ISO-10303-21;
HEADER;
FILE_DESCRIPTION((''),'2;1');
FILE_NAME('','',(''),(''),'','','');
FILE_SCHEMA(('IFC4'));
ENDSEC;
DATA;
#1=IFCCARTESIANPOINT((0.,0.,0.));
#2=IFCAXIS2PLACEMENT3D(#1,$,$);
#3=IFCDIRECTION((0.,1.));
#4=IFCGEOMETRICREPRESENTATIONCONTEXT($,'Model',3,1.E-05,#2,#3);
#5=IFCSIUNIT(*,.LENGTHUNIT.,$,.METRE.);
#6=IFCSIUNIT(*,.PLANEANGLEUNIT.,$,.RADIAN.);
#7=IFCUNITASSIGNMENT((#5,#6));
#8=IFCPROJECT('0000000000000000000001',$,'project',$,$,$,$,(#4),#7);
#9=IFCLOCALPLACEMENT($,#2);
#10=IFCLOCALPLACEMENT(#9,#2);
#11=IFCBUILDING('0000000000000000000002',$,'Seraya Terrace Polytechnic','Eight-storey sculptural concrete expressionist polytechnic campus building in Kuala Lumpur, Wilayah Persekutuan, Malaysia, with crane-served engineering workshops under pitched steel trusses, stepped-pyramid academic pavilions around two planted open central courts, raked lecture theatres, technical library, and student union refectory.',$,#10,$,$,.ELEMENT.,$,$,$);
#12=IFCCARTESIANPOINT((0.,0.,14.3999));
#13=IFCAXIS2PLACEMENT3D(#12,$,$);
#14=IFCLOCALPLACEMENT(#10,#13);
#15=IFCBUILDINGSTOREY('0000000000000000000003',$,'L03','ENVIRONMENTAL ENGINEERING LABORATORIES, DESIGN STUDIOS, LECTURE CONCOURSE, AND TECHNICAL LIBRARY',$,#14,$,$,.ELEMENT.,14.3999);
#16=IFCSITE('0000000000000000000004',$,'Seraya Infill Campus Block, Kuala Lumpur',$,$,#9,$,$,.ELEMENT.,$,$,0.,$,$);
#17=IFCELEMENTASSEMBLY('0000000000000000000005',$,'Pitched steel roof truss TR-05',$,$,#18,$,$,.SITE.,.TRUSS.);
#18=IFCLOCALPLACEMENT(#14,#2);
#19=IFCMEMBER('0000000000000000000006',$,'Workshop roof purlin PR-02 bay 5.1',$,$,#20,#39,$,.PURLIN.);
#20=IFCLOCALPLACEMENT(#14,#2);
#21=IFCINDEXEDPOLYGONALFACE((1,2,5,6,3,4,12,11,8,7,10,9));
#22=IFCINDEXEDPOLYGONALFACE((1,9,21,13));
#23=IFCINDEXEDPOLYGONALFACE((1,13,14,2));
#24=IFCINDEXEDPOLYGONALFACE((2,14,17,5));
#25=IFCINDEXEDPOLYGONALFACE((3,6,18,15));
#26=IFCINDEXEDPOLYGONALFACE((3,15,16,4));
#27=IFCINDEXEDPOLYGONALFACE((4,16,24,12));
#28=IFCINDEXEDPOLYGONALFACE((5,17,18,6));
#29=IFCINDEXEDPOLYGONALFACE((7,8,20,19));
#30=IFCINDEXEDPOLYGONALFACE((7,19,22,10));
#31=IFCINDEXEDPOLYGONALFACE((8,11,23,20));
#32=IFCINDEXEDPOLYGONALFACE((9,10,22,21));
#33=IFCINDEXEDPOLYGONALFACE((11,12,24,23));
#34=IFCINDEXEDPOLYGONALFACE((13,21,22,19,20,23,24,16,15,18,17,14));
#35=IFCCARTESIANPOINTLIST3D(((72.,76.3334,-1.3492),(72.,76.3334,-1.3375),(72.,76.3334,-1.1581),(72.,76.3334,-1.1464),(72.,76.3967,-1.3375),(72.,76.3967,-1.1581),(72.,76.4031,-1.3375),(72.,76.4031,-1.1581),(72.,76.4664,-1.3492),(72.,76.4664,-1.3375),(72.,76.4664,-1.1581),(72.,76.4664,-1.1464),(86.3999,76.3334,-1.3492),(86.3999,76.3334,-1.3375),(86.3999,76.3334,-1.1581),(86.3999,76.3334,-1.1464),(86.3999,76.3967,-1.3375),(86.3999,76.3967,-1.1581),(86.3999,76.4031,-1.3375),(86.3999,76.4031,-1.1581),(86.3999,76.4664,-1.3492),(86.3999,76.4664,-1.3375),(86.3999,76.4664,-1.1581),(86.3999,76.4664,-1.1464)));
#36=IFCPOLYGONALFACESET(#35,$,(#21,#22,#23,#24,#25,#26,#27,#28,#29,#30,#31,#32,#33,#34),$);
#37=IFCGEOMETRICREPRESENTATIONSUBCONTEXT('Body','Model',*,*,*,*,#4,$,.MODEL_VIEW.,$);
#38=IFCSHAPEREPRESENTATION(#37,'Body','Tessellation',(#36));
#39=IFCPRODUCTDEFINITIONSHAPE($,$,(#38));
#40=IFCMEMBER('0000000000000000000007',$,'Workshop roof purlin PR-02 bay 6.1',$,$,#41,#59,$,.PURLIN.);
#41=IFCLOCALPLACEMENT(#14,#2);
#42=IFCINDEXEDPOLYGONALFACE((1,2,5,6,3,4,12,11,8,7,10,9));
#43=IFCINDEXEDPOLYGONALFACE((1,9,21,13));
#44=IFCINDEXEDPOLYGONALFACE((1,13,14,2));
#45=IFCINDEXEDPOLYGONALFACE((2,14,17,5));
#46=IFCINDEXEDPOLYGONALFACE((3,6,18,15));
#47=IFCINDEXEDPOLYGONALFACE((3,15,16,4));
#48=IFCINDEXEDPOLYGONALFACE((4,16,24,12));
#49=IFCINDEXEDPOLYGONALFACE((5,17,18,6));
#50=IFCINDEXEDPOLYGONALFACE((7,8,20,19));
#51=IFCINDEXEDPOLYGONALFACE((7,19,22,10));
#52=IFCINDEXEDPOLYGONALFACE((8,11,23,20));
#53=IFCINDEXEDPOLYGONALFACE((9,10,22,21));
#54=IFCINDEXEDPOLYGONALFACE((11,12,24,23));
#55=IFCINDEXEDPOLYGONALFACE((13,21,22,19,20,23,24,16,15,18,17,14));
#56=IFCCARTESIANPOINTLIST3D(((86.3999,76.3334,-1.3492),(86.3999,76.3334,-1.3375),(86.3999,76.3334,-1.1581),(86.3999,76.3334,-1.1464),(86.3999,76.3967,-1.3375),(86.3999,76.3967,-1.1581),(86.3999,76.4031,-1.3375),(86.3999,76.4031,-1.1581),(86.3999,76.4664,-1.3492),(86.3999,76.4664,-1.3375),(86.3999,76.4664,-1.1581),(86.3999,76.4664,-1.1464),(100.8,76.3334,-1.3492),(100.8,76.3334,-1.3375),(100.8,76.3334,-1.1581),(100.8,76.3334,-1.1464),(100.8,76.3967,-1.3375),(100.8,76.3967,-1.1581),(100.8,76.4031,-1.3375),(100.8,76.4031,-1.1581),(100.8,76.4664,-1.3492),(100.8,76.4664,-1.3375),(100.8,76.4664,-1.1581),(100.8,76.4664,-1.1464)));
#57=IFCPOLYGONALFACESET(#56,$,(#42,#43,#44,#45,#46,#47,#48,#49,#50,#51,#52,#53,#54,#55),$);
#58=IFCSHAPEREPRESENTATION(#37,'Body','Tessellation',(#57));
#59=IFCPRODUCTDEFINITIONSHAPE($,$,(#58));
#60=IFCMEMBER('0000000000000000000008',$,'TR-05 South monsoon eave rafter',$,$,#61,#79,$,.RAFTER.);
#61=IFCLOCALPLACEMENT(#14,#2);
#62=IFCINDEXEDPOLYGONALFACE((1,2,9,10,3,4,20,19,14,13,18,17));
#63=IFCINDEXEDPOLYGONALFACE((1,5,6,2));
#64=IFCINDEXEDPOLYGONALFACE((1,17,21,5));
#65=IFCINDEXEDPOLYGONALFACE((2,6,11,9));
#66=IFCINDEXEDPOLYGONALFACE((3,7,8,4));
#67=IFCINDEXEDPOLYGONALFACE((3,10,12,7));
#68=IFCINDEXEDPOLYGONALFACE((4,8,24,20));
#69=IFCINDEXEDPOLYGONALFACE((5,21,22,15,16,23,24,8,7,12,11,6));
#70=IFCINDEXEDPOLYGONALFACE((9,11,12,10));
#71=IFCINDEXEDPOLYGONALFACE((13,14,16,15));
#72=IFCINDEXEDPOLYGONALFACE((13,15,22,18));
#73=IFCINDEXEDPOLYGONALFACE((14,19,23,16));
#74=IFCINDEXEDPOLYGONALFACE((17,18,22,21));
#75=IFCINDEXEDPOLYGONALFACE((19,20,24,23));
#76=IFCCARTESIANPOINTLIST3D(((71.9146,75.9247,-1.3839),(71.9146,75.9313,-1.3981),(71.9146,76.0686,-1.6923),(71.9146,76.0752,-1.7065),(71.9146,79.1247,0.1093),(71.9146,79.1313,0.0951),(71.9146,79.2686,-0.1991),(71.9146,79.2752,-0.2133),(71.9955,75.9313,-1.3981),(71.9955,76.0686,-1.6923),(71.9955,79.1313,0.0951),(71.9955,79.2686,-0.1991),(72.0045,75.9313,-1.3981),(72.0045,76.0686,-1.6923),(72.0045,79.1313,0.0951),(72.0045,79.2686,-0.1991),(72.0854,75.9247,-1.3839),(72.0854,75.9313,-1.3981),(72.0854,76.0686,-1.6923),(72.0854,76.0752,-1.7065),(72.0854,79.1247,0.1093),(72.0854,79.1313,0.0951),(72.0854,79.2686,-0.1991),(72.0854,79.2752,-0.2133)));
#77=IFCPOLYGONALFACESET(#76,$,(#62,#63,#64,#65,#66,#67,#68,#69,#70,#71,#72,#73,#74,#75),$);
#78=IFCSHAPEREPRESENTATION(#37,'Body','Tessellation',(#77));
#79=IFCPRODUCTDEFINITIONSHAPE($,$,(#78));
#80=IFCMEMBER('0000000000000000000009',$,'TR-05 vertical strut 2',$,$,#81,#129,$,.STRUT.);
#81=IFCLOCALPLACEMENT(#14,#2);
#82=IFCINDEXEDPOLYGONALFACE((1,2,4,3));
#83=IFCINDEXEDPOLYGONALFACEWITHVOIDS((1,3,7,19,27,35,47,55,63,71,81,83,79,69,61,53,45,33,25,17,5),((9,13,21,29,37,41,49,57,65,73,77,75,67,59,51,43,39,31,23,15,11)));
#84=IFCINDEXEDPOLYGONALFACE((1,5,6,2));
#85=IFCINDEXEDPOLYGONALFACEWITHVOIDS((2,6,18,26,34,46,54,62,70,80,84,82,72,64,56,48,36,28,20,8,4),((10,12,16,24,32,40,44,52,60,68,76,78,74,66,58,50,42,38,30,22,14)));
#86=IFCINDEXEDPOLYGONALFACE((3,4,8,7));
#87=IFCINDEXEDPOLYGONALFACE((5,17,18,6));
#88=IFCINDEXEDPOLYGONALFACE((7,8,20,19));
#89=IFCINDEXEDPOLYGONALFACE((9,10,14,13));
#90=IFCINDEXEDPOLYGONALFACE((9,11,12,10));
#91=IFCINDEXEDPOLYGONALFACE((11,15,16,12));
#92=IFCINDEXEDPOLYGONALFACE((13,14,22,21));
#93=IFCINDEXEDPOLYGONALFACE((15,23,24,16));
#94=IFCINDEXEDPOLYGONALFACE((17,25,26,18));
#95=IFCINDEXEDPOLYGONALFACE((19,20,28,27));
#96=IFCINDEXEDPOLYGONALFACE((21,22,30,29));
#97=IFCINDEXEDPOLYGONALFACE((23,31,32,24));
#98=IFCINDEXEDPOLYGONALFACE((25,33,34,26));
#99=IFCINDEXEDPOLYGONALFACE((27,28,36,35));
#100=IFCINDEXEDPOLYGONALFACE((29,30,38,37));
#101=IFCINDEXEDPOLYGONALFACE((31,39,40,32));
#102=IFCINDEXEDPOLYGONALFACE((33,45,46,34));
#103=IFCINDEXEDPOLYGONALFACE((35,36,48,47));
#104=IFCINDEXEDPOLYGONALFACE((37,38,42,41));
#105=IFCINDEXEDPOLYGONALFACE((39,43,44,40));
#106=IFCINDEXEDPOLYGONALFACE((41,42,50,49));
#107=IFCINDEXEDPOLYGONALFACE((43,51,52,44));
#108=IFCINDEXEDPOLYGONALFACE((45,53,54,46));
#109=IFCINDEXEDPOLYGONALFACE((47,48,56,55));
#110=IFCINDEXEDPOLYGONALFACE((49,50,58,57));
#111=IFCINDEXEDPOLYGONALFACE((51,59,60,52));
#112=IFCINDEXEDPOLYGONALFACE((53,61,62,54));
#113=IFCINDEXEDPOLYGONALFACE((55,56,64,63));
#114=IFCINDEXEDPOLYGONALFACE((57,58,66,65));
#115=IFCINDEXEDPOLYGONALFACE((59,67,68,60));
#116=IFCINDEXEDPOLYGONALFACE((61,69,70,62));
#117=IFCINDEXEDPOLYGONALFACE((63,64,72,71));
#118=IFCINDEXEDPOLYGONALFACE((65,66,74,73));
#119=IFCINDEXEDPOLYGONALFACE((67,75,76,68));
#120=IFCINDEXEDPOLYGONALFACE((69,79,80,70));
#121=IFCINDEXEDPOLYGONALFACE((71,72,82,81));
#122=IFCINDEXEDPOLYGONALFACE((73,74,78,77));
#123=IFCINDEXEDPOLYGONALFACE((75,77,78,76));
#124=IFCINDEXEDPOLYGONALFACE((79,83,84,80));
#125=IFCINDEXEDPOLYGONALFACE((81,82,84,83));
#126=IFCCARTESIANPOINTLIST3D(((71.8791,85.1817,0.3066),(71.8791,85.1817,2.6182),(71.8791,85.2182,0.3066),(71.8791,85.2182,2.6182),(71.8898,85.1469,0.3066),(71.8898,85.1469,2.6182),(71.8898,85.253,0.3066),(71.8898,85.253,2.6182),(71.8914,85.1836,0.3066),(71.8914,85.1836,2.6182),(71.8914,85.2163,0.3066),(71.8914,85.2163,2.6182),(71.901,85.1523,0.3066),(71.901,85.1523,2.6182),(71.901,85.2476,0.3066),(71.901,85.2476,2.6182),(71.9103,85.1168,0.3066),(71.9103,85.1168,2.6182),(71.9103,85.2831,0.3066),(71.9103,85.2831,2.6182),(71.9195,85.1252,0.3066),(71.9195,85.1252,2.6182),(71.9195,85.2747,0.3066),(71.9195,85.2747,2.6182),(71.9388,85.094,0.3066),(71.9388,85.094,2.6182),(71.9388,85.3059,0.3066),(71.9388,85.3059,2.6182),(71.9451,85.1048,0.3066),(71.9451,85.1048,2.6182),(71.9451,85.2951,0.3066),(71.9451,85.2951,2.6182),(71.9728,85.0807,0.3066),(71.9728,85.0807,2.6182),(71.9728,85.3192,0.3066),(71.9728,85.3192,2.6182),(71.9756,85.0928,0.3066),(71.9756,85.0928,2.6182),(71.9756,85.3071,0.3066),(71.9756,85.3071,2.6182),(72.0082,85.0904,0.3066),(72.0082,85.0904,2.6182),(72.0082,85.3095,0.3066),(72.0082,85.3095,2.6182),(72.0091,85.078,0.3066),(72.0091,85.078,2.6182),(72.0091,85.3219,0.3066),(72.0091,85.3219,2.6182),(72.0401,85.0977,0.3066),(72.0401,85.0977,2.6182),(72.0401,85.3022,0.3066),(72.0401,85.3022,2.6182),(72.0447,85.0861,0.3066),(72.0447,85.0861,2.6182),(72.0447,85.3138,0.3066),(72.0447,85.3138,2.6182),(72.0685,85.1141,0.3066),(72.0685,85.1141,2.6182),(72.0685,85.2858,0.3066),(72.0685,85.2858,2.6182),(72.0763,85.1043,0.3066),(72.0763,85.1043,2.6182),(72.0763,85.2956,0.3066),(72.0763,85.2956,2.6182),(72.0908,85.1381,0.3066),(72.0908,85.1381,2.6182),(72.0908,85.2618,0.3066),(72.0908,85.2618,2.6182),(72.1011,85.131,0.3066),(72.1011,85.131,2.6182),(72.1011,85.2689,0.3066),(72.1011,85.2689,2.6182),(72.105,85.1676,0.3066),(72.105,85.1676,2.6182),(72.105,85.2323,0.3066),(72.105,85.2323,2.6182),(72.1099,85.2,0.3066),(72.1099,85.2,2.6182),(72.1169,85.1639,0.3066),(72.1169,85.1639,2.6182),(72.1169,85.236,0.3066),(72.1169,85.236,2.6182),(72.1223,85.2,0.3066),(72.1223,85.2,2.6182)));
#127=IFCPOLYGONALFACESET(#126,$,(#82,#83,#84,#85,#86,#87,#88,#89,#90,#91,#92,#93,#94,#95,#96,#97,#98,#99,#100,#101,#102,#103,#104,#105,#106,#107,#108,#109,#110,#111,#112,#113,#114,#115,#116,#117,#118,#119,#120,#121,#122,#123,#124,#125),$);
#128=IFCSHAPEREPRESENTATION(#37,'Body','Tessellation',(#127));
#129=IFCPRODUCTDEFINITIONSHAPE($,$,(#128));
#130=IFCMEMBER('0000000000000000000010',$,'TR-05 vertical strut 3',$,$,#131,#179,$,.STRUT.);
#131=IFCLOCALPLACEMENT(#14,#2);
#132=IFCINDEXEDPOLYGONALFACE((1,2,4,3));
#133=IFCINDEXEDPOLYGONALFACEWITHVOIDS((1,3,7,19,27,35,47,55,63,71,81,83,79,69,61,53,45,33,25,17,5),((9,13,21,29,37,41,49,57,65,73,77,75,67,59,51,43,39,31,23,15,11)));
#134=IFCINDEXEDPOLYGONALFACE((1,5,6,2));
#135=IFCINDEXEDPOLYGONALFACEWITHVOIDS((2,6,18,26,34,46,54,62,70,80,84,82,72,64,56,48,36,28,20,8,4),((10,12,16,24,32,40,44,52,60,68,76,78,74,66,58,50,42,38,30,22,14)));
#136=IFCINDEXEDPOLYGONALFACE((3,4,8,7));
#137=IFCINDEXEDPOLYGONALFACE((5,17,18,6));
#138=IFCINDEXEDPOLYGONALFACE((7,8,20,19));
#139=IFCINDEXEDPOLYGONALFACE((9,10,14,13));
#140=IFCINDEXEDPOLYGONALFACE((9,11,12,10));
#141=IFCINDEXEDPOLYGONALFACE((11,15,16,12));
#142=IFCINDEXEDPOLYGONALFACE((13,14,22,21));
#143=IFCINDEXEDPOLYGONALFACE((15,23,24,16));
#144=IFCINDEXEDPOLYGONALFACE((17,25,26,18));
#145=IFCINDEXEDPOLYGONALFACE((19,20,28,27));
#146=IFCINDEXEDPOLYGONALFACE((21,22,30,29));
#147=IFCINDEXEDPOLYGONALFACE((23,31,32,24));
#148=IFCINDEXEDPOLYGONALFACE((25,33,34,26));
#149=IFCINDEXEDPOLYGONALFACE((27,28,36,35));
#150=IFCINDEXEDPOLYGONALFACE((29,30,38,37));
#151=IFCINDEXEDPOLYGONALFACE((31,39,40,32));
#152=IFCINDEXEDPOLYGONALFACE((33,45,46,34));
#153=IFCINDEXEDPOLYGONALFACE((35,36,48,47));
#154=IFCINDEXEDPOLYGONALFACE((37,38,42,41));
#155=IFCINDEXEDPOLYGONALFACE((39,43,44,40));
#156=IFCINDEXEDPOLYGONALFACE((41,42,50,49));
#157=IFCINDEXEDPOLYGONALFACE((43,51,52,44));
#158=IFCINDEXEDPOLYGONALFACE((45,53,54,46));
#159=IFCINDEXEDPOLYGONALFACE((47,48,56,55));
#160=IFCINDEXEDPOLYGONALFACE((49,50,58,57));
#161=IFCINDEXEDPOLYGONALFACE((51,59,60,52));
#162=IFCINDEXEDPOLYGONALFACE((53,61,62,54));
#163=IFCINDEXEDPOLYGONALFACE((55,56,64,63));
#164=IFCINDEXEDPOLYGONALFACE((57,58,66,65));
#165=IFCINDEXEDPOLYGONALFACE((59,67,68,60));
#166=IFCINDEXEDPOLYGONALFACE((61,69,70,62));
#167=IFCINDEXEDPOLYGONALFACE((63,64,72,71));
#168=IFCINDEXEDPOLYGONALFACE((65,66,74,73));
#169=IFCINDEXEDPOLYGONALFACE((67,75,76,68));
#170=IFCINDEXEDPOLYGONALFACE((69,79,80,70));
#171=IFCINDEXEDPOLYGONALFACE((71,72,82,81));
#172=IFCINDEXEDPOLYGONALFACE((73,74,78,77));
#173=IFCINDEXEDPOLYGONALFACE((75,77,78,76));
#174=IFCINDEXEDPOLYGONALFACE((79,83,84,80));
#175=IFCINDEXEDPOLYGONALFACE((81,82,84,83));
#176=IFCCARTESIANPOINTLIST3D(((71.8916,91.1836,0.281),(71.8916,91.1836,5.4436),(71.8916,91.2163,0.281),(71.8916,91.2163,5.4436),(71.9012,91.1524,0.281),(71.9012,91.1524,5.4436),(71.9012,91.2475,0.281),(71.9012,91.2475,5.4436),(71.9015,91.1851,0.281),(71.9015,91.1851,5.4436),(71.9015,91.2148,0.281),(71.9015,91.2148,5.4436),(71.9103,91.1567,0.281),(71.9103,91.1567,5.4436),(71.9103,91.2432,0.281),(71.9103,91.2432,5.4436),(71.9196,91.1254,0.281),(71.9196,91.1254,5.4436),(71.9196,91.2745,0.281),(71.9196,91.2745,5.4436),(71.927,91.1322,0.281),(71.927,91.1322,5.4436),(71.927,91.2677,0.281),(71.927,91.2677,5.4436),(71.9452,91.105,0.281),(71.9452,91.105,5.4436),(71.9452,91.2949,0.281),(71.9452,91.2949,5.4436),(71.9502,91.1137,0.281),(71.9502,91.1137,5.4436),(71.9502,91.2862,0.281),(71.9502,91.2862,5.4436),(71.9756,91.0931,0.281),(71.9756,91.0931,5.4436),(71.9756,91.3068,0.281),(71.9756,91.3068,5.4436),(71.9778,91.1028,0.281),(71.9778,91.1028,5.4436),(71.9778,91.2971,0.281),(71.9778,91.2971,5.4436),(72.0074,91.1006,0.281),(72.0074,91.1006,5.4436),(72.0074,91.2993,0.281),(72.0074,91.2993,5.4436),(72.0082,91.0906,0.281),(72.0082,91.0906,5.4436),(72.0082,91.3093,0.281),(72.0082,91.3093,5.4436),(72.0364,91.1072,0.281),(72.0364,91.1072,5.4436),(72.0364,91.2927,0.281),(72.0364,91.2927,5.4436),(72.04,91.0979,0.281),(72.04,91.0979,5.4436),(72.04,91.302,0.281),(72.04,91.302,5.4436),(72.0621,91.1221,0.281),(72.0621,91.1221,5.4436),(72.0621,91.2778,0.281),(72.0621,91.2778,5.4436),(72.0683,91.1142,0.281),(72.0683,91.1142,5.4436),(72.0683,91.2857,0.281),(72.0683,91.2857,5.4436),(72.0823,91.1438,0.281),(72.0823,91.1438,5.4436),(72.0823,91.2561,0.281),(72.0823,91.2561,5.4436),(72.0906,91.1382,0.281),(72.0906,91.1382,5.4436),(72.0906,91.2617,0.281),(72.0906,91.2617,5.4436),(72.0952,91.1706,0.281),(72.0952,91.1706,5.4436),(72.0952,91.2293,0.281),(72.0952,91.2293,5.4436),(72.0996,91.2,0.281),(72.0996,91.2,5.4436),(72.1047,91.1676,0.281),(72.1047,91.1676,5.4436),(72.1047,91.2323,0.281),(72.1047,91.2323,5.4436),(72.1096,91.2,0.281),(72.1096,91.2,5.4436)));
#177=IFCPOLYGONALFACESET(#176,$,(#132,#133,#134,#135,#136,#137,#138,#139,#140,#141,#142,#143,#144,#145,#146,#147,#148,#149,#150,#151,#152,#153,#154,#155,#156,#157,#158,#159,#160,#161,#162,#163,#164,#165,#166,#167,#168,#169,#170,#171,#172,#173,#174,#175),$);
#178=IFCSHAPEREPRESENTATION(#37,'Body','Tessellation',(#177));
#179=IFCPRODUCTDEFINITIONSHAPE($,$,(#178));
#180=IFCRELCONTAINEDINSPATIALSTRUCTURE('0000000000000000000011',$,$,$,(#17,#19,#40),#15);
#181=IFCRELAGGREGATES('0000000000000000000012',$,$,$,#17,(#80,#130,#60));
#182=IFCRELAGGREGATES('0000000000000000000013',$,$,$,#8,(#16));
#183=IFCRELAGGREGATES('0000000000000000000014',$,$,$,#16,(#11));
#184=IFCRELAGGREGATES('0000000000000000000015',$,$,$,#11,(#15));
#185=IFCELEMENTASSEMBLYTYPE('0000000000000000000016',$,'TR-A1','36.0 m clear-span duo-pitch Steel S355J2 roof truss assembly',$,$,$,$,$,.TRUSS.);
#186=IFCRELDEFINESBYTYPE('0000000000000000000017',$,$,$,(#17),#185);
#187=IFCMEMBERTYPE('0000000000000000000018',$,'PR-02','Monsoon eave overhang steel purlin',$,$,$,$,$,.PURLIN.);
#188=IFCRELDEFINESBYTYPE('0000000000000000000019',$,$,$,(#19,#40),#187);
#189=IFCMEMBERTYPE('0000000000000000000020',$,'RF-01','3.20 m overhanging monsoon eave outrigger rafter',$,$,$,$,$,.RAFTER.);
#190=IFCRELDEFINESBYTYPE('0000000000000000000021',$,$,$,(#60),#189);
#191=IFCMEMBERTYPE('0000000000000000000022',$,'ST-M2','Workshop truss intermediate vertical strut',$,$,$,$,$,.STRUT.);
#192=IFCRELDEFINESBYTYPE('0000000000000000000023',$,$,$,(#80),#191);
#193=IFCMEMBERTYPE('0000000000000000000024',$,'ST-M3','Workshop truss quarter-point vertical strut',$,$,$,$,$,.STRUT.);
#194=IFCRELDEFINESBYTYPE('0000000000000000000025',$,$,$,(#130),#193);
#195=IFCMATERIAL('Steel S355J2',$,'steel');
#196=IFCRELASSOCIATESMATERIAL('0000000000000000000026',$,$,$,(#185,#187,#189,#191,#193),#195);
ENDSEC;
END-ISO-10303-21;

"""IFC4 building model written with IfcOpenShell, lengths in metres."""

from ifc_helpers import new_model, si_unit, direction, frame, origin, origin_2d, place, context, subcontext, project, spatial, hollow_circle, i_section, extrude, material, material_profile, profile_set, type_object, element, aggregate, save


model = new_model("IFC4")

# Units and contexts
model_context = context("Model", 3, precision=1e-05, world=origin(), true_north=direction((0.0, 1.0)))
body_context = subcontext(model_context, "Body", "Model", "MODEL_VIEW")
ifc_project = project(units=[si_unit("LENGTHUNIT", "METRE"), si_unit("PLANEANGLEUNIT", "RADIAN")], contexts=[model_context])

# Site, building, storey
site_placement = place(None, origin())
site = spatial("IfcSite", under=ifc_project, at=site_placement, Name="Seraya Infill Campus Block, Kuala Lumpur", CompositionType="ELEMENT", RefElevation=0.0)
building_placement = place(site_placement, origin())
building = spatial("IfcBuilding", under=site, at=building_placement, Name="Seraya Terrace Polytechnic", Description="Eight-storey sculptural concrete expressionist polytechnic campus building in Kuala Lumpur, Wilayah Persekutuan, Malaysia, with crane-served engineering workshops under pitched steel trusses, stepped-pyramid academic pavilions around two planted open central courts, raked lecture theatres, technical library, and student union refectory.", CompositionType="ELEMENT")
storey_placement = place(building_placement, frame((0.0, 0.0, 14.3999)))
storey = spatial("IfcBuildingStorey", under=building, at=storey_placement, Name="L03", Description="ENVIRONMENTAL ENGINEERING LABORATORIES, DESIGN STUDIOS, LECTURE CONCOURSE, AND TECHNICAL LIBRARY", CompositionType="ELEMENT", Elevation=14.3999)

# Element assembly
ifc_material_1 = material(Name="Steel S355J2", Category="steel")
element_assembly_type = type_object("IfcElementAssemblyType", Name="TR-A1", Description="36.0 m clear-span duo-pitch Steel S355J2 roof truss assembly", PredefinedType="TRUSS", material=ifc_material_1)
assembly_1_placement = place(storey_placement, origin())
assembly_1 = element("IfcElementAssembly", 1, at=assembly_1_placement, inside=storey, type_object=element_assembly_type, Name="Pitched steel roof truss TR-05", AssemblyPlace="SITE", PredefinedType="TRUSS")

# Members
ifc_material_profile_1 = material_profile(ifc_material_1, i_section(OverallWidth=0.1331, OverallDepth=0.2029, WebThickness=0.0063, FlangeThickness=0.0117, at=origin_2d()), Name="UKB 203x133x6.4x11.8")
ifc_profile_set_1 = profile_set([ifc_material_profile_1], Name="Steel S355J2")
member_type_1 = type_object("IfcMemberType", Name="PR-02", Description="Monsoon eave overhang steel purlin", PredefinedType="PURLIN", material=ifc_profile_set_1)
member_1_placement = place(storey_placement, frame((72.0, 76.3999, -1.2478), z_axis=(1.0, 0.0, 0.0), x_axis=(0.0, 1.0, 0.0)))
element("IfcMember", 2, at=member_1_placement, inside=storey, type_object=member_type_1, Name="Workshop roof purlin PR-02 bay 5.1", PredefinedType="PURLIN", context=body_context, shape_type="SweptSolid", body=[
    extrude(i_section(OverallWidth=0.1331, OverallDepth=0.2029, WebThickness=0.0063, FlangeThickness=0.0117, at=origin_2d()), origin(), (0.0, 0.0, 1.0), 14.3999),
])
member_2_placement = place(storey_placement, frame((86.3999, 76.3999, -1.2478), z_axis=(1.0, 0.0, 0.0), x_axis=(0.0, 1.0, 0.0)))
element("IfcMember", 3, at=member_2_placement, inside=storey, type_object=member_type_1, Name="Workshop roof purlin PR-02 bay 6.1", PredefinedType="PURLIN", context=body_context, shape_type="SweptSolid", body=[
    extrude(i_section(OverallWidth=0.1331, OverallDepth=0.2029, WebThickness=0.0063, FlangeThickness=0.0117, at=origin_2d()), origin(), (0.0, 0.0, 1.0), 14.4001),
])

# Members
ifc_material_profile_2 = material_profile(ifc_material_1, i_section(OverallWidth=0.1709, OverallDepth=0.356, WebThickness=0.009, FlangeThickness=0.0156, at=origin_2d()), Name="UKB 356x171x9.1x15.7")
ifc_profile_set_2 = profile_set([ifc_material_profile_2], Name="Steel S355J2")
member_type_2 = type_object("IfcMemberType", Name="RF-01", Description="3.20 m overhanging monsoon eave outrigger rafter", PredefinedType="RAFTER", material=ifc_profile_set_2)
member_3_placement = place(storey_placement, frame((72.0, 79.2, -0.052), z_axis=(0.0, -0.906199, -0.422851), x_axis=(1.0, 0.0, 0.0)))
member_3 = element("IfcMember", 4, at=member_3_placement, type_object=member_type_2, Name="TR-05 South monsoon eave rafter", PredefinedType="RAFTER", context=body_context, shape_type="SweptSolid", body=[
    extrude(i_section(OverallWidth=0.1709, OverallDepth=0.356, WebThickness=0.009, FlangeThickness=0.0156, at=origin_2d()), origin(), (0.0, 0.0, 1.0), 3.5312),
])
ifc_material_profile_3 = material_profile(ifc_material_1, hollow_circle(Radius=0.1223, WallThickness=0.0125, at=origin_2d()), Name="CHS 244.5x12.5")
ifc_profile_set_3 = profile_set([ifc_material_profile_3], Name="Steel S355J2")
member_type_3 = type_object("IfcMemberType", Name="ST-M2", Description="Workshop truss intermediate vertical strut", PredefinedType="STRUT", material=ifc_profile_set_3)
member_4_placement = place(storey_placement, frame((72.0, 85.2, 0.3066), z_axis=(0.0, 0.0, 1.0), x_axis=(1.0, 0.0, 0.0)))
member_4 = element("IfcMember", 5, at=member_4_placement, type_object=member_type_3, Name="TR-05 vertical strut 2", PredefinedType="STRUT", context=body_context, shape_type="SweptSolid", body=[
    extrude(hollow_circle(Radius=0.1223, WallThickness=0.0125, at=origin_2d()), origin(), (0.0, 0.0, 1.0), 2.3115),
])
ifc_material_profile_4 = material_profile(ifc_material_1, hollow_circle(Radius=0.1096, WallThickness=0.01, at=origin_2d()), Name="CHS 219.1x10.0")
ifc_profile_set_4 = profile_set([ifc_material_profile_4], Name="Steel S355J2")
member_type_4 = type_object("IfcMemberType", Name="ST-M3", Description="Workshop truss quarter-point vertical strut", PredefinedType="STRUT", material=ifc_profile_set_4)
member_5_placement = place(storey_placement, frame((72.0, 91.2, 0.281), z_axis=(0.0, 0.0, 1.0), x_axis=(1.0, 0.0, 0.0)))
member_5 = element("IfcMember", 6, at=member_5_placement, type_object=member_type_4, Name="TR-05 vertical strut 3", PredefinedType="STRUT", context=body_context, shape_type="SweptSolid", body=[
    extrude(hollow_circle(Radius=0.1096, WallThickness=0.01, at=origin_2d()), origin(), (0.0, 0.0, 1.0), 5.1626),
])

aggregate(assembly_1, [member_4, member_5, member_3])

save(model, "model.ifc")
